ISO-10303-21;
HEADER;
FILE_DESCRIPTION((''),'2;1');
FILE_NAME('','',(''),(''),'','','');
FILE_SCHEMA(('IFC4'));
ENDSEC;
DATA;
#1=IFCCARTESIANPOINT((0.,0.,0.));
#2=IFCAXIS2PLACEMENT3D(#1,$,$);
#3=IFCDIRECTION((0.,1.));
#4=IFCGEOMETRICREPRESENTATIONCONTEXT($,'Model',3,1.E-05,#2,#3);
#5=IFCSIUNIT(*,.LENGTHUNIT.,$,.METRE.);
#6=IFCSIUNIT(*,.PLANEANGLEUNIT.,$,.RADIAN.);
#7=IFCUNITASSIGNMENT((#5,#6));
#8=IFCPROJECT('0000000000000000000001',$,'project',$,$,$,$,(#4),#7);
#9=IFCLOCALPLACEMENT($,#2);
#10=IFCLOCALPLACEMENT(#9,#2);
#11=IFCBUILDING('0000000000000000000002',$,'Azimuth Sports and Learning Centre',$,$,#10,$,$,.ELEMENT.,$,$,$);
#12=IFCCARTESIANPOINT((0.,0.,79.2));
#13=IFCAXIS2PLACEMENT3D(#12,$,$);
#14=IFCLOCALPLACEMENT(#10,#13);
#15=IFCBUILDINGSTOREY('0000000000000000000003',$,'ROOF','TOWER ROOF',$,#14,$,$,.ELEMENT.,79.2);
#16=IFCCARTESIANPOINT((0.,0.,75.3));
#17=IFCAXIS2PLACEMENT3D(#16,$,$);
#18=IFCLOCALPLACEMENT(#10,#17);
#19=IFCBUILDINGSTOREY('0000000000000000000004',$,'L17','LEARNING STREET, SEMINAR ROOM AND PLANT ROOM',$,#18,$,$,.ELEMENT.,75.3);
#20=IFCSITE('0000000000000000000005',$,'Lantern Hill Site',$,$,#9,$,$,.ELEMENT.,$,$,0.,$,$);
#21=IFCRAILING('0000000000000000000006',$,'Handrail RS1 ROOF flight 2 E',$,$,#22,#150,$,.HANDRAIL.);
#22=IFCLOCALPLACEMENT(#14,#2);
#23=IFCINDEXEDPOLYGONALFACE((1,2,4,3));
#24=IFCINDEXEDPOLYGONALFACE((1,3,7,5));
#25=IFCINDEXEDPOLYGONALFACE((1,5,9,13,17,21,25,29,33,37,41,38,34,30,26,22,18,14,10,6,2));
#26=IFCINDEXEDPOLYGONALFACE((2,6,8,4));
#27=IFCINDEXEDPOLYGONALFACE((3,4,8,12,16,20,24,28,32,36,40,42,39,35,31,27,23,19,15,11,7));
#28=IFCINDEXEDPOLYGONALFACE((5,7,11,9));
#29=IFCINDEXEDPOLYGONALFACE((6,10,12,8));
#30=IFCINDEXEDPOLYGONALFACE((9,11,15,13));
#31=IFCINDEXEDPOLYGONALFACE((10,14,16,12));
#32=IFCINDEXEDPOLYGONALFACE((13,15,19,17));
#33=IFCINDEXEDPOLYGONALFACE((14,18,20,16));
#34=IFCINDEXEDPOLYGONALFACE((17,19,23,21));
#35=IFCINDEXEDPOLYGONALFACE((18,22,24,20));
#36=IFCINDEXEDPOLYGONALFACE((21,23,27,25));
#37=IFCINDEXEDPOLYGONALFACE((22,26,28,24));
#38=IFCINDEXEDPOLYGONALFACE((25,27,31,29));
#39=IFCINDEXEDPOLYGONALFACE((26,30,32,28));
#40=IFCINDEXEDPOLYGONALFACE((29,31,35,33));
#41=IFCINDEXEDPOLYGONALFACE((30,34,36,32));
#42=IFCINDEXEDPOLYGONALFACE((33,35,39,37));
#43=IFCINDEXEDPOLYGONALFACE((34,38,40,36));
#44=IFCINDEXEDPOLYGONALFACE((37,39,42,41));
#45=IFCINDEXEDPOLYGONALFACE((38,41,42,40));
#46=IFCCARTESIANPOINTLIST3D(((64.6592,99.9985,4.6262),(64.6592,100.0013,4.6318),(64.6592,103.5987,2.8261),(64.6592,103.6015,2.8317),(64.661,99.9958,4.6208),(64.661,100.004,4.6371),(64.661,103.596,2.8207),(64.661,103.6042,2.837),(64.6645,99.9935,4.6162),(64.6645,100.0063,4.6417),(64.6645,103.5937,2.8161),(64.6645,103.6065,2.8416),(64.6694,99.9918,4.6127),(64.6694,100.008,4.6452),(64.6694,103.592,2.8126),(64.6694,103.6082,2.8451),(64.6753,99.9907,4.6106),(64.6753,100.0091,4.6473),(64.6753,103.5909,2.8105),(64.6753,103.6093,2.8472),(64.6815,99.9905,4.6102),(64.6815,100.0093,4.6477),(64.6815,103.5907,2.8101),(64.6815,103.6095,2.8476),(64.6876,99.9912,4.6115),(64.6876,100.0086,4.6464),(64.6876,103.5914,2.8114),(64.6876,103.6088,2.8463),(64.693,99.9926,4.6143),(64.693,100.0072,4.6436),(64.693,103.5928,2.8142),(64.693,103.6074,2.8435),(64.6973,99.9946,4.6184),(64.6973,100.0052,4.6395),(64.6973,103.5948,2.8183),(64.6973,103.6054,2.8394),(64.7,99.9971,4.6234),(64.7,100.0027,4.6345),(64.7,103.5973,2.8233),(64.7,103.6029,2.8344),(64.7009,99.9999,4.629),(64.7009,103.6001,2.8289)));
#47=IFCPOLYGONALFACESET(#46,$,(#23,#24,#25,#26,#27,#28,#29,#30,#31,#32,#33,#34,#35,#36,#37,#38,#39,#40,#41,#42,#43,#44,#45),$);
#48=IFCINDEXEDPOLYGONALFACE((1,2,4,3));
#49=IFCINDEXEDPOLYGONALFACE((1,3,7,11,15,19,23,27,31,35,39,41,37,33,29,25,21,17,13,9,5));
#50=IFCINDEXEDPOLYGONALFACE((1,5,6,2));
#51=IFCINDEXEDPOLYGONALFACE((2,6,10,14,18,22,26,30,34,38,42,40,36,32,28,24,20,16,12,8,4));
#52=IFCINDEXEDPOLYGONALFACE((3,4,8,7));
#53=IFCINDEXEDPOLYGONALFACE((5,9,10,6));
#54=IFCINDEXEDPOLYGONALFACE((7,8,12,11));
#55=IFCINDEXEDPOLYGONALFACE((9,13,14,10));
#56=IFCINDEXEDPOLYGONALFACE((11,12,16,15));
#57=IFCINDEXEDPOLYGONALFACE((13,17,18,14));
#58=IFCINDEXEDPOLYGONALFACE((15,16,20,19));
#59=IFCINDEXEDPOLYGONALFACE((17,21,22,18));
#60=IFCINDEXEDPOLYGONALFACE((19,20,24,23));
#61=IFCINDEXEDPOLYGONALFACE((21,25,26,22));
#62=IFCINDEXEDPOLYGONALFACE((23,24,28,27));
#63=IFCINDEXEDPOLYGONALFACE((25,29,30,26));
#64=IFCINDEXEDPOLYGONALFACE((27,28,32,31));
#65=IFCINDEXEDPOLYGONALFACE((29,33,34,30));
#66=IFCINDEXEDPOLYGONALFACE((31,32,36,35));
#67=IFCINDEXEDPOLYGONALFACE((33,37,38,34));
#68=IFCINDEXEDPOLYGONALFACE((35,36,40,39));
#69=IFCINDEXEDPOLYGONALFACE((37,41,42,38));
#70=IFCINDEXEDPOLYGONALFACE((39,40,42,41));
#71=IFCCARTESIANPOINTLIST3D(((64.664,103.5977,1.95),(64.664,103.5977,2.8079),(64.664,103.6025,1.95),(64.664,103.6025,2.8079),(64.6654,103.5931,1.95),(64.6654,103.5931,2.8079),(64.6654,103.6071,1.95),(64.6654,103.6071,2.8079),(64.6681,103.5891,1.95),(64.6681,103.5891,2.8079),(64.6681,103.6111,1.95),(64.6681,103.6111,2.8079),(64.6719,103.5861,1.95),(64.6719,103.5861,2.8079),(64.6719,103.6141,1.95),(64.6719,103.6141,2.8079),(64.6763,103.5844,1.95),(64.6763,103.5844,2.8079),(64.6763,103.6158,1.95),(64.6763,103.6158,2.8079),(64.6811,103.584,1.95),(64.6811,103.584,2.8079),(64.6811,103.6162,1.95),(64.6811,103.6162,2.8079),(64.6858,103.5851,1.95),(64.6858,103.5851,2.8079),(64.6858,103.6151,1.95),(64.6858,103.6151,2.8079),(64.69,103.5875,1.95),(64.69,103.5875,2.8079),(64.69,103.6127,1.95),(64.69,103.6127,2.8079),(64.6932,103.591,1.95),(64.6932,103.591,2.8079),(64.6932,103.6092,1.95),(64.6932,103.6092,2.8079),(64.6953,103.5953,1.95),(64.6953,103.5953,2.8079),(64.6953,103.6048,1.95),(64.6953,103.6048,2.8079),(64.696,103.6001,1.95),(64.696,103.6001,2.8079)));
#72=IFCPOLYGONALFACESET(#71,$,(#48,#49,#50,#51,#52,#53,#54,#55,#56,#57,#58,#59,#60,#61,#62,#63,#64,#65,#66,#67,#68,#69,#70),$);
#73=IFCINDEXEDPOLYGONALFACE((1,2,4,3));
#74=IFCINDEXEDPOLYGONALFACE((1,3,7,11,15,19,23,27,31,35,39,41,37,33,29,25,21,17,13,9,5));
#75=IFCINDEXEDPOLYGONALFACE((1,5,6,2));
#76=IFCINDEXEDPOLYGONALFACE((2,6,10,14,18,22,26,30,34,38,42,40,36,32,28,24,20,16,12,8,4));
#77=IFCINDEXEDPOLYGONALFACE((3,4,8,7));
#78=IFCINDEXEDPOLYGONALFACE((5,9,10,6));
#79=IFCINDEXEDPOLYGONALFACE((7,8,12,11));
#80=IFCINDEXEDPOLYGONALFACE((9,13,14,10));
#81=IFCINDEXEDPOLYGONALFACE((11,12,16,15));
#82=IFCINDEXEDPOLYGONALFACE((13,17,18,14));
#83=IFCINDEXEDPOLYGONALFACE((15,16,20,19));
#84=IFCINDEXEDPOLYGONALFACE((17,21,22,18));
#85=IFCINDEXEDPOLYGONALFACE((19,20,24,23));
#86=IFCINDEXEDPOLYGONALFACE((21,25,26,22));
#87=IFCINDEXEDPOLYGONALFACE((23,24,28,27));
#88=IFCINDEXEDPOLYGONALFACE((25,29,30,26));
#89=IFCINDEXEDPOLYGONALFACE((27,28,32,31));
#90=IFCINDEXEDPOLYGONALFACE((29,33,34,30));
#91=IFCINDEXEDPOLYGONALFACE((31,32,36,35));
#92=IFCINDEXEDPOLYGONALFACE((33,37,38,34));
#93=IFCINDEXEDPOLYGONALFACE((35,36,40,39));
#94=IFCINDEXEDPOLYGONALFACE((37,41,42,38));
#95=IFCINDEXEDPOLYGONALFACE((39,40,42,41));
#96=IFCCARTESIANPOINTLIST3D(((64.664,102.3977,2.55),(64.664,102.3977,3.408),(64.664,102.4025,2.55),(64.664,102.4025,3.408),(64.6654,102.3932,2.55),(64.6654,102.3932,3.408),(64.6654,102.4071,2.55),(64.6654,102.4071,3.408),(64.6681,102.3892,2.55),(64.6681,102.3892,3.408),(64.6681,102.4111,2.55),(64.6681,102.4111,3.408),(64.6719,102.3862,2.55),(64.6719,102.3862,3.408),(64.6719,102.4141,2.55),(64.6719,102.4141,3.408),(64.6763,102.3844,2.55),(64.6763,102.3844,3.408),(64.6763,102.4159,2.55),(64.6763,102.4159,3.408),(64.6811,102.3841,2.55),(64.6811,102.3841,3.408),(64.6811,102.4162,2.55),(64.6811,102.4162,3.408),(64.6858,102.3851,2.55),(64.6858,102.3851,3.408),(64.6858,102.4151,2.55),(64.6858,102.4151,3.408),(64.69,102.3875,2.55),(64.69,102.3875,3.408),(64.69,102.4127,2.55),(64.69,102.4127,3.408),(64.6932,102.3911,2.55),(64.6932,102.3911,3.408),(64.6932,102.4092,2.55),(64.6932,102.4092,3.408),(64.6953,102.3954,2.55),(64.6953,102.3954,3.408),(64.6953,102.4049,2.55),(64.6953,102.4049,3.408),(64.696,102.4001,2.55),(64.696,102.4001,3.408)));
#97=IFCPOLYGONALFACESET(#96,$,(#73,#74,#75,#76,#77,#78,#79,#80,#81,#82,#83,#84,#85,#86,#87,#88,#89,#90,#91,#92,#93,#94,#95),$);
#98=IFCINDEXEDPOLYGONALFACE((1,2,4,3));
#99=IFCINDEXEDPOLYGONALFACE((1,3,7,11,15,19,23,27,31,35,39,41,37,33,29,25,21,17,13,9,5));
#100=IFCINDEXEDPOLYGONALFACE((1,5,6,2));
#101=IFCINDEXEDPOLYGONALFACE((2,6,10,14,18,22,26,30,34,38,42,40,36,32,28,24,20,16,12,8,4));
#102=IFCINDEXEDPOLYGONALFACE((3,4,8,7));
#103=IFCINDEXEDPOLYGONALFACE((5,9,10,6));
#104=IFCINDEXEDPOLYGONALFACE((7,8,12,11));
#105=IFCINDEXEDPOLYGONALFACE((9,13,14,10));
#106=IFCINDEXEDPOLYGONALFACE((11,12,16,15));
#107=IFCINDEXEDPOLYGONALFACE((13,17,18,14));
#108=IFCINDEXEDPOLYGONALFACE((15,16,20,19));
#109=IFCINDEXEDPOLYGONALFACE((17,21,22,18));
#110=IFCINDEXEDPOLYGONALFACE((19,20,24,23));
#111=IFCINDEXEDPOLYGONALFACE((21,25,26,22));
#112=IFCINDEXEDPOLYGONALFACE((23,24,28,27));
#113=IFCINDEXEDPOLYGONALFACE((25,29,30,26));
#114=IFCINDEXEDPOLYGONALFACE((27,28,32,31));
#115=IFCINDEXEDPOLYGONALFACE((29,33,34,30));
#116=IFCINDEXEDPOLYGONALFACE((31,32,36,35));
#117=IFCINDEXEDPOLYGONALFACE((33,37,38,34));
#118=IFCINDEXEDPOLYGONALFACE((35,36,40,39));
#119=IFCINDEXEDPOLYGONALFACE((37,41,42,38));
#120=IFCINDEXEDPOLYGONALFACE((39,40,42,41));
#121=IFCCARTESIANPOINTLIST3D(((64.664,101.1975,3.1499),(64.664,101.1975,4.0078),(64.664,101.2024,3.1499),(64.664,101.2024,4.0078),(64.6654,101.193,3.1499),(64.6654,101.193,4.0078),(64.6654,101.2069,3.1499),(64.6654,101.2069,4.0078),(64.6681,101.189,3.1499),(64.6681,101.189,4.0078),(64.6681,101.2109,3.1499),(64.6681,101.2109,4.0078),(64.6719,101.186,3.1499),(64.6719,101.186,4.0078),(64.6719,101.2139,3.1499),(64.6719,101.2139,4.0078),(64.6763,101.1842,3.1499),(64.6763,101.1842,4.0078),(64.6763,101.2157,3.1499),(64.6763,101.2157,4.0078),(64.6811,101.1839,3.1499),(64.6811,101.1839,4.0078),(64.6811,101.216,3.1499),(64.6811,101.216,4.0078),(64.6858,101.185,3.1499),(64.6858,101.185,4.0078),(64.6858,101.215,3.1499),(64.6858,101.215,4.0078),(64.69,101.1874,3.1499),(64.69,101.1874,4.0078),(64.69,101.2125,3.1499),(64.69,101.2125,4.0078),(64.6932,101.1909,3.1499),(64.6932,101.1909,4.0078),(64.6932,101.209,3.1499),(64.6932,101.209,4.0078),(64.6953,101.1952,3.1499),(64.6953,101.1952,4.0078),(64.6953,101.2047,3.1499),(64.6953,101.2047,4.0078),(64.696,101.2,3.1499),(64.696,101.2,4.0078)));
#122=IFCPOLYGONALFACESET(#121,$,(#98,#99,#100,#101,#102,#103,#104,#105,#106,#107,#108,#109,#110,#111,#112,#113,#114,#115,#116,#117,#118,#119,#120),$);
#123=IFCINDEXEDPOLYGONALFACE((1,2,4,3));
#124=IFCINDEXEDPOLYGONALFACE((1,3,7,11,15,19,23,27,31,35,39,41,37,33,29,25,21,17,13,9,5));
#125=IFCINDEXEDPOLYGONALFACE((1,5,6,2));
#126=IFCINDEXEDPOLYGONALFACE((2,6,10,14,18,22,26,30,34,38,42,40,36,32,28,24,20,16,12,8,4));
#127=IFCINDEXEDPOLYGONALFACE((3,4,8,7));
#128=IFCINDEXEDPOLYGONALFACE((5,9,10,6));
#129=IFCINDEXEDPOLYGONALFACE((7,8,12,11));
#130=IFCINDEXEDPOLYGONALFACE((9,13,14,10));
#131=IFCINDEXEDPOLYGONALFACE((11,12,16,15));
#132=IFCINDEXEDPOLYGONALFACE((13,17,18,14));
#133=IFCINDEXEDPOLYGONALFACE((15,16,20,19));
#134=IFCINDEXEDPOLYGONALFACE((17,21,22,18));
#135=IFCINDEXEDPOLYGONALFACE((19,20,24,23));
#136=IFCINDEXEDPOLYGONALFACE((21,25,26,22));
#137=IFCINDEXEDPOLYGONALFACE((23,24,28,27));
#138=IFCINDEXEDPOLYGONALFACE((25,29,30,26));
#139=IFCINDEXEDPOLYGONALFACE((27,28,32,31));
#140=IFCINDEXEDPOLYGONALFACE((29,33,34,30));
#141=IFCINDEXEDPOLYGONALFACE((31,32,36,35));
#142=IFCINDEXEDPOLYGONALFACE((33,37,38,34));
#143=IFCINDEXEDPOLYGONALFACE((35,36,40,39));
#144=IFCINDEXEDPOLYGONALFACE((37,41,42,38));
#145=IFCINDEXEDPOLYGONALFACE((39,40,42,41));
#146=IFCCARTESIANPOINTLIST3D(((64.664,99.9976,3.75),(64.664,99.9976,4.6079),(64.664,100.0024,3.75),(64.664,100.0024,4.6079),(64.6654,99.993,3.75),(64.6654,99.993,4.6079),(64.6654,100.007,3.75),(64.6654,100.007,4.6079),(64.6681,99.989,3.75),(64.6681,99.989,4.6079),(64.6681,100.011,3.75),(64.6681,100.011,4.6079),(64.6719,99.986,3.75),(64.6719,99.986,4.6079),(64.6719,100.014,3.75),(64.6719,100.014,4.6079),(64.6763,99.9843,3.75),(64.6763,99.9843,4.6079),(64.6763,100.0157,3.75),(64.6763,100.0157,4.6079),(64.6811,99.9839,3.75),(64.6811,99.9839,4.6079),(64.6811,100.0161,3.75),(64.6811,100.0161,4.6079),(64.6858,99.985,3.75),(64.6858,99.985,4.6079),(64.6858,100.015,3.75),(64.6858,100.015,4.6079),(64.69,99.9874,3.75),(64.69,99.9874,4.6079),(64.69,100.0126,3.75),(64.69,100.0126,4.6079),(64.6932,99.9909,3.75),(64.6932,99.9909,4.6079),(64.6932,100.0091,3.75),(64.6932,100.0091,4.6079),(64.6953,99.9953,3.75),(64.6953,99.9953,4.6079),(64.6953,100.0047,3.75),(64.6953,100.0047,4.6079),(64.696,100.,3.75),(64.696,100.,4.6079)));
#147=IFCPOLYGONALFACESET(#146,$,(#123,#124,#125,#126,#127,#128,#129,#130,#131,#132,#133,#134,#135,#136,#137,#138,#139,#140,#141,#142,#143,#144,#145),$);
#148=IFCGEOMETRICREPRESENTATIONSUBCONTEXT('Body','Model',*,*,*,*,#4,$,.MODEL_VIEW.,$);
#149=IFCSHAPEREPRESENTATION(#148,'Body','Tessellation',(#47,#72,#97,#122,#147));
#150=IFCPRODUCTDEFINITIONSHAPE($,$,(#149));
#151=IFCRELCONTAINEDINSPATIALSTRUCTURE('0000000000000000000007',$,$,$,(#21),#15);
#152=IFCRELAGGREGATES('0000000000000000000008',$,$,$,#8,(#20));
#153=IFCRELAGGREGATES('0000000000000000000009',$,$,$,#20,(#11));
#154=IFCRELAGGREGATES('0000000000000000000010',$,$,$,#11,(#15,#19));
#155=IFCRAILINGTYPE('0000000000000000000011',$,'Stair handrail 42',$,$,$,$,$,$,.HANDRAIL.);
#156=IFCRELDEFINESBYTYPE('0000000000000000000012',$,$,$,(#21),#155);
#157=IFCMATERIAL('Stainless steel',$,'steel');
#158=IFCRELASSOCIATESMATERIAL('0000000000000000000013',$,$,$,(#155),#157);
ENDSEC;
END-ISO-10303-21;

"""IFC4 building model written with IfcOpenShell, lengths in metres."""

from ifc_helpers import new_model, si_unit, direction, frame, origin, origin_2d, place, context, subcontext, project, spatial, circle, extrude, material, type_object, element, save


model = new_model("IFC4")

# Units and contexts
model_context = context("Model", 3, precision=1e-05, world=origin(), true_north=direction((0.0, 1.0)))
body_context = subcontext(model_context, "Body", "Model", "MODEL_VIEW")
ifc_project = project(units=[si_unit("LENGTHUNIT", "METRE"), si_unit("PLANEANGLEUNIT", "RADIAN")], contexts=[model_context])

# Site, building, storey
site_placement = place(None, origin())
site = spatial("IfcSite", under=ifc_project, at=site_placement, Name="Lantern Hill Site", CompositionType="ELEMENT", RefElevation=0.0)
building_placement = place(site_placement, origin())
building = spatial("IfcBuilding", under=site, at=building_placement, Name="Azimuth Sports and Learning Centre", CompositionType="ELEMENT")
storey_1_placement = place(building_placement, frame((0.0, 0.0, 79.2)))
storey_1 = spatial("IfcBuildingStorey", under=building, at=storey_1_placement, Name="ROOF", Description="TOWER ROOF", CompositionType="ELEMENT", Elevation=79.2)

# Shared definitions
storey_2_placement = place(building_placement, frame((0.0, 0.0, 75.3)))
storey_2 = spatial("IfcBuildingStorey", under=building, at=storey_2_placement, Name="L17", Description="LEARNING STREET, SEMINAR ROOM AND PLANT ROOM", CompositionType="ELEMENT", Elevation=75.3)

# Railing
ifc_material_1 = material(Name="Stainless steel", Category="steel")
railing_type_1 = type_object("IfcRailingType", Name="Stair handrail 42", PredefinedType="HANDRAIL", material=ifc_material_1)
for number, where, name in (
    (1, (64.6799, 103.6001, 1.95), "Handrail RS1 ROOF flight 2 E"),
):
    element("IfcRailing", number, at=place(storey_1_placement, frame(where)), inside=storey_1, type_object=railing_type_1, Name=name, PredefinedType="HANDRAIL", context=body_context, shape_type="SweptSolid", body=[
        extrude(circle(Radius=0.021, at=origin_2d()), frame((0.0, 0.0, 0.8789), z_axis=(0.0, -0.894427, 0.447214), x_axis=(1.0, 0.0, 0.0)), (0.0, 0.0, 1.0), 4.0251),
        extrude(circle(Radius=0.0161, at=origin_2d()), origin(), (0.0, 0.0, 1.0), 0.8579),
        extrude(circle(Radius=0.0161, at=origin_2d()), frame((0.0, -1.2, 0.6001)), (0.0, 0.0, 1.0), 0.8579),
        extrude(circle(Radius=0.0161, at=origin_2d()), frame((0.0, -2.4001, 1.2)), (0.0, 0.0, 1.0), 0.8579),
        extrude(circle(Radius=0.0161, at=origin_2d()), frame((0.0, -3.6001, 1.8)), (0.0, 0.0, 1.0), 0.8579),
    ])

save(model, "model.ifc")
